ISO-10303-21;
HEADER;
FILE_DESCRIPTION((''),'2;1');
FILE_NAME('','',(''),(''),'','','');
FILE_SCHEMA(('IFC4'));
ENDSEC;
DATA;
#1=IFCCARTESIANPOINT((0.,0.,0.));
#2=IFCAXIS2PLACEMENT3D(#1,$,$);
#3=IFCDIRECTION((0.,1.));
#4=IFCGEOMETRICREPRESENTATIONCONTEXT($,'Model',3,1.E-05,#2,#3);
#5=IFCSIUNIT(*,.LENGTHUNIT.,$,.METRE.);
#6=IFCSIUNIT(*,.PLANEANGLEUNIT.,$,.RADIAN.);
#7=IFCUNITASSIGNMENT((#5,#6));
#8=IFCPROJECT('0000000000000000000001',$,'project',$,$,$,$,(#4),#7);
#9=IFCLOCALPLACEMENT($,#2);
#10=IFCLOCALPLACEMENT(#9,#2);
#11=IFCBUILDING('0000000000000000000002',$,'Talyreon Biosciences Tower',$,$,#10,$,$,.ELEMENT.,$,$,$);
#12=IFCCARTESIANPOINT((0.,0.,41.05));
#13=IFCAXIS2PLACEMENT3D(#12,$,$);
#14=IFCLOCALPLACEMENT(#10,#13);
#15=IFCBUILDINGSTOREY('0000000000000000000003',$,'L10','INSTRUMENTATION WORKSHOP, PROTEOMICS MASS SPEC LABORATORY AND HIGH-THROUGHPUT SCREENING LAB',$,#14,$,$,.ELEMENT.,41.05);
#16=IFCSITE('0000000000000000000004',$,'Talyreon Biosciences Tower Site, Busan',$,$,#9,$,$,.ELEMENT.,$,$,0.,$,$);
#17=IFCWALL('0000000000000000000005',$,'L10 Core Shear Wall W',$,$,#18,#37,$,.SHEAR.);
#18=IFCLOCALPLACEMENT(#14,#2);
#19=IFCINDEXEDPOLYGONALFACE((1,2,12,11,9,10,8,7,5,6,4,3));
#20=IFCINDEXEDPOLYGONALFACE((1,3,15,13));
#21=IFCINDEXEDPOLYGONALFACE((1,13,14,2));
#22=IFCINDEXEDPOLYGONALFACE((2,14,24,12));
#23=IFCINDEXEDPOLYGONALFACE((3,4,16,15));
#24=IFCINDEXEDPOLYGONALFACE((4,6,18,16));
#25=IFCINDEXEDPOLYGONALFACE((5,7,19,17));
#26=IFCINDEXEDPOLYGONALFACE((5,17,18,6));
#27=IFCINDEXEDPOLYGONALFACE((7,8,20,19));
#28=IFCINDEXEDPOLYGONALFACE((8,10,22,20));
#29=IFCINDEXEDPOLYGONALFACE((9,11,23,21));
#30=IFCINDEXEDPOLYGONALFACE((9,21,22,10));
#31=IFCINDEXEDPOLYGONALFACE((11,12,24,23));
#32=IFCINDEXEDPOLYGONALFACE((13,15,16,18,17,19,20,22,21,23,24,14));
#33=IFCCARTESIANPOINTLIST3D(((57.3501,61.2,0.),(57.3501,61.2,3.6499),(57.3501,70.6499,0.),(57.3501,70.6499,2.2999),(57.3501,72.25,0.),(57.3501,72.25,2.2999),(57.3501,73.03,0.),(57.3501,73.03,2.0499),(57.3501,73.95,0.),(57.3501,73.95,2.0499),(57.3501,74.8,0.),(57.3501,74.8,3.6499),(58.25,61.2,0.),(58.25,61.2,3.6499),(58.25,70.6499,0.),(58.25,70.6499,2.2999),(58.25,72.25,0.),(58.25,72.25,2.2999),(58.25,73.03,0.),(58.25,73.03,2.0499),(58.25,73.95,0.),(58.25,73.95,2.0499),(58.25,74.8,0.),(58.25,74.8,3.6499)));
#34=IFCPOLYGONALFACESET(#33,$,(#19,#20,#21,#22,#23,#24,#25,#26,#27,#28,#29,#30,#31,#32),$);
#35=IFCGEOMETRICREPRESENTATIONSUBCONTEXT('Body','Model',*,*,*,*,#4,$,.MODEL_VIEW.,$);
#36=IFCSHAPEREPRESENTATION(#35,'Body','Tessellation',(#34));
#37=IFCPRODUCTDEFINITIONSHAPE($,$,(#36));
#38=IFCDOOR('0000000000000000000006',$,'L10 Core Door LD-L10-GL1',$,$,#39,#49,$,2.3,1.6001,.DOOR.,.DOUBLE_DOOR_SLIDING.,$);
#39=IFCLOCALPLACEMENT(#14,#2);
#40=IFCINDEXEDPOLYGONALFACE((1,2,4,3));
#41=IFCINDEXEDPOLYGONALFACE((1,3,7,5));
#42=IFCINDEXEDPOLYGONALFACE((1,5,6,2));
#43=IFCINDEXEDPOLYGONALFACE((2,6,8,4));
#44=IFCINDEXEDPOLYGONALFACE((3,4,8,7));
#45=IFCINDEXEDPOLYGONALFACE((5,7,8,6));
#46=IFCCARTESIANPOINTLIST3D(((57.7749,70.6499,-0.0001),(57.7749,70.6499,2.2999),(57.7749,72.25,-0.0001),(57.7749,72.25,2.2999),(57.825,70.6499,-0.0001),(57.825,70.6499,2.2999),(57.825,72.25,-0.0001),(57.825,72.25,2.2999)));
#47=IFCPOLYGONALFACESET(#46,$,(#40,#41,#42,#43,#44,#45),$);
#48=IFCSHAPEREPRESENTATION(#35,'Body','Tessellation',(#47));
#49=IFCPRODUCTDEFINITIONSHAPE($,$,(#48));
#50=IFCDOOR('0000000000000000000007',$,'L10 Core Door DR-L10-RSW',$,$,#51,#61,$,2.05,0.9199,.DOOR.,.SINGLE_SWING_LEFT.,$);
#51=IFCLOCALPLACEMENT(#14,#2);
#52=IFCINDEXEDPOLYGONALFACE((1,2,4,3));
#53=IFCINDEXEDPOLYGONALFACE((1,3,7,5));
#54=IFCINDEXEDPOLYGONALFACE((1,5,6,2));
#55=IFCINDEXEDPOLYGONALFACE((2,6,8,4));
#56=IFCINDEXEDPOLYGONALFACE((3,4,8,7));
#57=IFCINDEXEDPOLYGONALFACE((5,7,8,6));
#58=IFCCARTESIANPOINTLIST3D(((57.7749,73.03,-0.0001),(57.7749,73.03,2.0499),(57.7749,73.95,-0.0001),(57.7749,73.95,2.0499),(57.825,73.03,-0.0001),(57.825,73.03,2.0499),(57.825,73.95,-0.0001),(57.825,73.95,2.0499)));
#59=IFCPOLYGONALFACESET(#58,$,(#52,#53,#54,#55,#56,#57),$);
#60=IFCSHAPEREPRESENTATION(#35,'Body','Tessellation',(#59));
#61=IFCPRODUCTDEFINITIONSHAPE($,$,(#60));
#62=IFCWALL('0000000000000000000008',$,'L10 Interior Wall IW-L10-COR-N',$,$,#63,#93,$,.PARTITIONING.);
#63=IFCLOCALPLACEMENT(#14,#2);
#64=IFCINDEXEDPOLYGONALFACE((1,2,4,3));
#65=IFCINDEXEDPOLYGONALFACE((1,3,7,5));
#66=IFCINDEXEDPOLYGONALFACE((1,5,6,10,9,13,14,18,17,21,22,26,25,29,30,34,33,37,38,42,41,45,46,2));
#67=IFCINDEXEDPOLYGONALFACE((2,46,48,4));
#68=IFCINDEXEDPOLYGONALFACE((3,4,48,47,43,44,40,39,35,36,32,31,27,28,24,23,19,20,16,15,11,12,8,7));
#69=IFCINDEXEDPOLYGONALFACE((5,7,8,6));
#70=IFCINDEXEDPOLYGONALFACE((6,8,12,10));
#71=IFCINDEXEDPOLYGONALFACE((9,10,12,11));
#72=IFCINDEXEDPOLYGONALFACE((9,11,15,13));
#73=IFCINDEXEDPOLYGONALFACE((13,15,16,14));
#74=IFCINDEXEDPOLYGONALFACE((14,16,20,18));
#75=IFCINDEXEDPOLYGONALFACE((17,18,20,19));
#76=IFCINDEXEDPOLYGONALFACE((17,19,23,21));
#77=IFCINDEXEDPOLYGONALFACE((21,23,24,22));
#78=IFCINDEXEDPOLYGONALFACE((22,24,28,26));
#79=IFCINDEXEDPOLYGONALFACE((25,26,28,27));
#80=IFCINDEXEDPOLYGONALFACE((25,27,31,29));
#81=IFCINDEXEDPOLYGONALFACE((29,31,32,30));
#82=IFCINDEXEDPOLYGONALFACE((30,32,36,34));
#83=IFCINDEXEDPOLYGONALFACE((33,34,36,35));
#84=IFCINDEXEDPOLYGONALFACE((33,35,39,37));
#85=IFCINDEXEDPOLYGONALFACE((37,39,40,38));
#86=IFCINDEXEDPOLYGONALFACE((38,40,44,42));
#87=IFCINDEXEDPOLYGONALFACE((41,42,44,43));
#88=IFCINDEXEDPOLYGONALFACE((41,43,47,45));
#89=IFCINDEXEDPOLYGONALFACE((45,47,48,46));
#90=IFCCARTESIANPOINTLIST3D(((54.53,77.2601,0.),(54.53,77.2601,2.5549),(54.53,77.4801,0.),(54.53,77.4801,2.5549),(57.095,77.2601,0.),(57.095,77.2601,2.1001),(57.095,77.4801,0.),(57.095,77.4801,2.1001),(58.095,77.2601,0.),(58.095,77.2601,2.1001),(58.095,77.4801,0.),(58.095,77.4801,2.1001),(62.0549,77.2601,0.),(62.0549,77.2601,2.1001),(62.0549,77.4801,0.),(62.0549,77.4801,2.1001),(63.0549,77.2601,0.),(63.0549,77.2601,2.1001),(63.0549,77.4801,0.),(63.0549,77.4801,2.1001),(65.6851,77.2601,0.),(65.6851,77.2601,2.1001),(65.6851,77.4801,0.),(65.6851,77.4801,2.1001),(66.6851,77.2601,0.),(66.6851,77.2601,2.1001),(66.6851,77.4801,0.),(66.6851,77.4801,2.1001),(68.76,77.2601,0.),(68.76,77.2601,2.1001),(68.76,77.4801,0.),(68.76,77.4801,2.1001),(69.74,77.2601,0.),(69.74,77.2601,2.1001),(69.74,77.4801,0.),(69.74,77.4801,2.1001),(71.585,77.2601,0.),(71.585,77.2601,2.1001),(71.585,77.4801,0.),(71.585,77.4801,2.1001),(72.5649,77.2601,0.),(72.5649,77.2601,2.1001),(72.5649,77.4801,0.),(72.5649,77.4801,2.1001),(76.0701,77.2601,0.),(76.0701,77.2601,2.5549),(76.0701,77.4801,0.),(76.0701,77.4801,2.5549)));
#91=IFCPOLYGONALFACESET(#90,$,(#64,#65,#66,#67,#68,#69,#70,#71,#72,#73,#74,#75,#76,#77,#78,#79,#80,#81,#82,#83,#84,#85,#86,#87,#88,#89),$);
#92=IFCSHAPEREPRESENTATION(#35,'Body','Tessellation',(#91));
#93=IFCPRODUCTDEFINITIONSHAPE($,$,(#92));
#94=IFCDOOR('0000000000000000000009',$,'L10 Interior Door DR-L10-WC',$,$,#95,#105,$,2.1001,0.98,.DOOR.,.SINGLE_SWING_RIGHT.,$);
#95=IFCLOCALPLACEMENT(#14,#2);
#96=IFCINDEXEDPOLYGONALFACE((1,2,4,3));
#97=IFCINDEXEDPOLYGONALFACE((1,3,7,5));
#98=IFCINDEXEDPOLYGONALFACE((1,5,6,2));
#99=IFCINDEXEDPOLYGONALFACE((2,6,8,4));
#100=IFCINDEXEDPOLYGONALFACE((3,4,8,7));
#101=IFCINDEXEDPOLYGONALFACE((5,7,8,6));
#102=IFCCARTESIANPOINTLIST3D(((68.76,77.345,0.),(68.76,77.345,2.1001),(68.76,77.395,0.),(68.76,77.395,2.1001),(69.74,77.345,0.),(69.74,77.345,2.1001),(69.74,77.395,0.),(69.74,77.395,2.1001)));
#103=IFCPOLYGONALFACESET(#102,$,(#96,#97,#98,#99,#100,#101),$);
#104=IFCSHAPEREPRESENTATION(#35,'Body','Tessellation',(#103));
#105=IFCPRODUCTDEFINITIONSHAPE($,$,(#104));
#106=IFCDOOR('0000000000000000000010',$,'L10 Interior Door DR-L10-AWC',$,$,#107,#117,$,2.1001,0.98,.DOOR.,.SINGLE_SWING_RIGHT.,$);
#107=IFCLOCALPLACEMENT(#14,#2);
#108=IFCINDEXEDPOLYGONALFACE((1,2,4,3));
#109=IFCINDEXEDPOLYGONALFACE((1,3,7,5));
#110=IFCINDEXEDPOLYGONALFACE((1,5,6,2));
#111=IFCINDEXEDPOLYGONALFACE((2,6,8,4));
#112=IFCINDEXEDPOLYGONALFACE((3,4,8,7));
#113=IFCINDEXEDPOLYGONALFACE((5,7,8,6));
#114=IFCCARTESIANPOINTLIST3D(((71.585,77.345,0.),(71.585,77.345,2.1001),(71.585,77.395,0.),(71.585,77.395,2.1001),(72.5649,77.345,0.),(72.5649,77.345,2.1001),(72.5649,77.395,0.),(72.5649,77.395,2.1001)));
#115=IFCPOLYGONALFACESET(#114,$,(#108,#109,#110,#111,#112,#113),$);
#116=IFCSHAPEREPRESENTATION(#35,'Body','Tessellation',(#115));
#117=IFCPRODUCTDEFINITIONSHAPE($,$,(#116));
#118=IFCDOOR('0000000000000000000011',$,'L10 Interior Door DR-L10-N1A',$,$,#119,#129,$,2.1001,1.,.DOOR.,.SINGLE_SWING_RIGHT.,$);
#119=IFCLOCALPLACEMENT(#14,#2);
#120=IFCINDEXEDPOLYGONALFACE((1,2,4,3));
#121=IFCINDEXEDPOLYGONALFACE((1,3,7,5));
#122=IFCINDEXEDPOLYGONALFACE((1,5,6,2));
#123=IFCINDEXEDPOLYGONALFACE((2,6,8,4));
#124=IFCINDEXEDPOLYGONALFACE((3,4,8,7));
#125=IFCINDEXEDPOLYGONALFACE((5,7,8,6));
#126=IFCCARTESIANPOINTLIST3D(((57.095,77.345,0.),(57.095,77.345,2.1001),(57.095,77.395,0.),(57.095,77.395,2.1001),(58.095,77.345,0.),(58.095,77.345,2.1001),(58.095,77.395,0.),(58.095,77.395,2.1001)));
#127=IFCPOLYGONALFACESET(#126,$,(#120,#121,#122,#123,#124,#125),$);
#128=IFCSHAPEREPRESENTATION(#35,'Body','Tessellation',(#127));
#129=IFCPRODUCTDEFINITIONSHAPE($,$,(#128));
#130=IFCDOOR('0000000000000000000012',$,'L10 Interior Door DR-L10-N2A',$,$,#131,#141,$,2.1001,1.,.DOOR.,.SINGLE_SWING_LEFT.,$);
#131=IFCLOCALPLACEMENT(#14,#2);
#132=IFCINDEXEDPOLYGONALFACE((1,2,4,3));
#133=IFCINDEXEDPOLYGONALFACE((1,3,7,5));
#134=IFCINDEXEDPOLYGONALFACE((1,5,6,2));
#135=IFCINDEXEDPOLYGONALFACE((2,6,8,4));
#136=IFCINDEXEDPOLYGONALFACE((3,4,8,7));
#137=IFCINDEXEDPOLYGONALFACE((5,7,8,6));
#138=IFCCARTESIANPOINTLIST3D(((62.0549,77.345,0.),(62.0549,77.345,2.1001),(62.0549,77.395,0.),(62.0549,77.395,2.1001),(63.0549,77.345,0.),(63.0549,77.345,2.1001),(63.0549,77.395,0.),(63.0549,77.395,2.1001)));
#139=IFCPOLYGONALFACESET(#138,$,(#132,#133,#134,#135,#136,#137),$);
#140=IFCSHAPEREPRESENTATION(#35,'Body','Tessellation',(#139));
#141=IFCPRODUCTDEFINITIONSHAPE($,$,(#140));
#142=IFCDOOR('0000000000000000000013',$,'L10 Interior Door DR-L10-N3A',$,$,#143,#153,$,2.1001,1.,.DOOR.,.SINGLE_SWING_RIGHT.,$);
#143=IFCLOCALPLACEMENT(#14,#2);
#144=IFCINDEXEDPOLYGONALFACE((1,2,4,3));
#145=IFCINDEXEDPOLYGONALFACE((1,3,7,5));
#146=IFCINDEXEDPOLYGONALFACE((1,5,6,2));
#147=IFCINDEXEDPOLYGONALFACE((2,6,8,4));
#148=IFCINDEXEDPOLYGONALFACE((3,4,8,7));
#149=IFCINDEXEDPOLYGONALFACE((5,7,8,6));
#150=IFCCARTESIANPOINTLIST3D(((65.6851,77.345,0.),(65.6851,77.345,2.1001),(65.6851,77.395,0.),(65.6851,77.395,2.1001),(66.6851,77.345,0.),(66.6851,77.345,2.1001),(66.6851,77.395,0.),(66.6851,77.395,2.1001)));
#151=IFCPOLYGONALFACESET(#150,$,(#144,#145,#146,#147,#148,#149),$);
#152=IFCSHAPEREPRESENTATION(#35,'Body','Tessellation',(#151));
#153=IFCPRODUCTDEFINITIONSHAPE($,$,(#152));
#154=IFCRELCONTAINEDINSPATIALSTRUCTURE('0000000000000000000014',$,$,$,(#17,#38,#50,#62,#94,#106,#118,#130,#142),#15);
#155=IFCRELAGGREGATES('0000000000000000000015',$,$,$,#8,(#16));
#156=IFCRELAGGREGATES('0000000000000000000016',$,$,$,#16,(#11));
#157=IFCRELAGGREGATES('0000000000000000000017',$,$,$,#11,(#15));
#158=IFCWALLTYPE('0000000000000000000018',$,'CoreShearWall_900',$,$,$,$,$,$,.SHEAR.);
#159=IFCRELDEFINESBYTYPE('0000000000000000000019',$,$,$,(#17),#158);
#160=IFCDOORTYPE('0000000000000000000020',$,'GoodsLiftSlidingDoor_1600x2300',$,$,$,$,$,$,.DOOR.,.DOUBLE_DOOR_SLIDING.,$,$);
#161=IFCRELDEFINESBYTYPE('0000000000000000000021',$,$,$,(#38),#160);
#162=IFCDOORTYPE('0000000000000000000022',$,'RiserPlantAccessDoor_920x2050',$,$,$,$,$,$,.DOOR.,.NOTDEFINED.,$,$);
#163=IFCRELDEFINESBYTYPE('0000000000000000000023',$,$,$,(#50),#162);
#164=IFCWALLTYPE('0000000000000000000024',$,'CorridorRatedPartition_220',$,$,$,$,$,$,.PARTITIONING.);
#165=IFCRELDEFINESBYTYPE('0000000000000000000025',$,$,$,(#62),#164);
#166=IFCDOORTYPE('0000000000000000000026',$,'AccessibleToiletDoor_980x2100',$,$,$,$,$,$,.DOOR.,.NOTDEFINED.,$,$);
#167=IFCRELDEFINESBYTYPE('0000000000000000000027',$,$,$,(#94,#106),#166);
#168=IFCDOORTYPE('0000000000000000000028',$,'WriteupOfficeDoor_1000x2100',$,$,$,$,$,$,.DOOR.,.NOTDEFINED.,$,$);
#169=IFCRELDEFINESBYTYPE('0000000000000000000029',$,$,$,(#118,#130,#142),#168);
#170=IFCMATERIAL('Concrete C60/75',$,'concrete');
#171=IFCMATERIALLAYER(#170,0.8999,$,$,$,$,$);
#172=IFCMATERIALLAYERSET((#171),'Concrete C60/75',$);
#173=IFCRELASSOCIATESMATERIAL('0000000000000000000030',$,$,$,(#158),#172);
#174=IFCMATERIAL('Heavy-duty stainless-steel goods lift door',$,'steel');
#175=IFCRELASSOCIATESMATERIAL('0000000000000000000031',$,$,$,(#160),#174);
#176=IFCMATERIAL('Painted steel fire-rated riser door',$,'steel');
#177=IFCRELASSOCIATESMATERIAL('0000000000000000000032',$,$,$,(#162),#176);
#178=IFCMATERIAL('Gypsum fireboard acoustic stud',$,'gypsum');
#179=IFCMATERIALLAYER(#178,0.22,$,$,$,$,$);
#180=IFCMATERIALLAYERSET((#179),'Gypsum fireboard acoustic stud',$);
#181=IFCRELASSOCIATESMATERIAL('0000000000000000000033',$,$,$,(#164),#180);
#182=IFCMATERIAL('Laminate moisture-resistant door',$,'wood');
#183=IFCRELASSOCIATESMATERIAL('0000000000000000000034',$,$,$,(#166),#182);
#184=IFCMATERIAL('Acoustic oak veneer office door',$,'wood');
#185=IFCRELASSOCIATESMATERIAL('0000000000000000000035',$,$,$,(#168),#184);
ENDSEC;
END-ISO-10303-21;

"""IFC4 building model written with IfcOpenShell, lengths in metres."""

from ifc_helpers import new_model, si_unit, direction, frame, frame_2d, origin, place, context, subcontext, project, spatial, rectangle, extrude, material, layer, layer_set, type_object, element, fill, save


model = new_model("IFC4")

# Units and contexts
model_context = context("Model", 3, precision=1e-05, world=origin(), true_north=direction((0.0, 1.0)))
body_context = subcontext(model_context, "Body", "Model", "MODEL_VIEW")
ifc_project = project(units=[si_unit("LENGTHUNIT", "METRE"), si_unit("PLANEANGLEUNIT", "RADIAN")], contexts=[model_context])

# Site, building, storey
site_placement = place(None, origin())
site = spatial("IfcSite", under=ifc_project, at=site_placement, Name="Talyreon Biosciences Tower Site, Busan", CompositionType="ELEMENT", RefElevation=0.0)
building_placement = place(site_placement, origin())
building = spatial("IfcBuilding", under=site, at=building_placement, Name="Talyreon Biosciences Tower", CompositionType="ELEMENT")
storey_placement = place(building_placement, frame((0.0, 0.0, 41.05)))
storey = spatial("IfcBuildingStorey", under=building, at=storey_placement, Name="L10", Description="INSTRUMENTATION WORKSHOP, PROTEOMICS MASS SPEC LABORATORY AND HIGH-THROUGHPUT SCREENING LAB", CompositionType="ELEMENT", Elevation=41.05)

# Shared definitions
ifc_material_1 = material(Name="Concrete C60/75", Category="concrete")

# Shared definitions
ifc_layer_1 = layer(ifc_material_1, 0.8999)
ifc_layer_set_1 = layer_set([ifc_layer_1], Name="Concrete C60/75")
wall_type_1 = type_object("IfcWallType", Name="CoreShearWall_900", PredefinedType="SHEAR", material=ifc_layer_set_1)

# Walls, openings, doors
wall_1_placement = place(storey_placement, frame((57.8, 74.8, 0.0), z_axis=(0.0, 0.0, 1.0), x_axis=(0.0, -1.0, 0.0)))
wall_1 = element("IfcWall", 1, at=wall_1_placement, inside=storey, type_object=wall_type_1, Name="L10 Core Shear Wall W", PredefinedType="SHEAR", context=body_context, shape_type="SweptSolid", body=[
    extrude(rectangle(XDim=13.6001, YDim=0.8999, at=frame_2d((6.8, 0.0))), origin(), (0.0, 0.0, 1.0), 3.6499),
])
opening_1_placement = place(wall_1_placement, frame((0.8501, 0.0, 0.0)))
opening_1 = element("IfcOpeningElement", 2, at=opening_1_placement, cuts=wall_1, PredefinedType="OPENING", context=body_context, shape_type="SweptSolid", body=[
    extrude(rectangle(XDim=0.9199, YDim=2.05, at=frame_2d((0.46, 1.0249))), frame((0.0, 0.46, 0.0), z_axis=(0.0, -1.0, 0.0), x_axis=(1.0, 0.0, 0.0)), (0.0, 0.0, 1.0), 0.9199),
])
opening_2_placement = place(wall_1_placement, frame((2.55, 0.0, 0.0)))
opening_2 = element("IfcOpeningElement", 3, at=opening_2_placement, cuts=wall_1, PredefinedType="OPENING", context=body_context, shape_type="SweptSolid", body=[
    extrude(rectangle(XDim=1.6001, YDim=2.3, at=frame_2d((0.8, 1.1499))), frame((0.0, 0.46, 0.0), z_axis=(0.0, -1.0, 0.0), x_axis=(1.0, 0.0, 0.0)), (0.0, 0.0, 1.0), 0.9199),
])
ifc_material_2 = material(Name="Heavy-duty stainless-steel goods lift door", Category="steel")
door_type_1 = type_object("IfcDoorType", Name="GoodsLiftSlidingDoor_1600x2300", OperationType="DOUBLE_DOOR_SLIDING", PredefinedType="DOOR", material=ifc_material_2)
door_1_placement = place(opening_2_placement, origin())
door_1 = element("IfcDoor", 4, at=door_1_placement, inside=storey, type_object=door_type_1, Name="L10 Core Door LD-L10-GL1", OperationType="DOUBLE_DOOR_SLIDING", OverallHeight=2.3, OverallWidth=1.6001, PredefinedType="DOOR", context=body_context, shape_type="SweptSolid", body=[
    extrude(rectangle(XDim=1.6001, YDim=2.3, at=frame_2d((0.8, 1.1499))), frame((0.0, 0.0249, 0.0), z_axis=(0.0, -1.0, 0.0), x_axis=(1.0, 0.0, 0.0)), (0.0, 0.0, 1.0), 0.05),
])
fill(opening_2, door_1)
ifc_material_3 = material(Name="Painted steel fire-rated riser door", Category="steel")
door_type_2 = type_object("IfcDoorType", Name="RiserPlantAccessDoor_920x2050", OperationType="NOTDEFINED", PredefinedType="DOOR", material=ifc_material_3)
door_2_placement = place(opening_1_placement, origin())
door_2 = element("IfcDoor", 5, at=door_2_placement, inside=storey, type_object=door_type_2, Name="L10 Core Door DR-L10-RSW", OperationType="SINGLE_SWING_LEFT", OverallHeight=2.05, OverallWidth=0.9199, PredefinedType="DOOR", context=body_context, shape_type="SweptSolid", body=[
    extrude(rectangle(XDim=0.9199, YDim=2.05, at=frame_2d((0.46, 1.0249))), frame((0.0, 0.0249, 0.0), z_axis=(0.0, -1.0, 0.0), x_axis=(1.0, 0.0, 0.0)), (0.0, 0.0, 1.0), 0.05),
])
fill(opening_1, door_2)
ifc_material_4 = material(Name="Gypsum fireboard acoustic stud", Category="gypsum")
ifc_layer_2 = layer(ifc_material_4, 0.22)
ifc_layer_set_2 = layer_set([ifc_layer_2], Name="Gypsum fireboard acoustic stud")
wall_type_2 = type_object("IfcWallType", Name="CorridorRatedPartition_220", PredefinedType="PARTITIONING", material=ifc_layer_set_2)
wall_2_placement = place(storey_placement, frame((54.53, 77.3701, 0.0), z_axis=(0.0, 0.0, 1.0), x_axis=(1.0, 0.0, 0.0)))
wall_2 = element("IfcWall", 6, at=wall_2_placement, inside=storey, type_object=wall_type_2, Name="L10 Interior Wall IW-L10-COR-N", PredefinedType="PARTITIONING", context=body_context, shape_type="SweptSolid", body=[
    extrude(rectangle(XDim=21.54, YDim=0.22, at=frame_2d((10.77, 0.0))), origin(), (0.0, 0.0, 1.0), 2.5549),
])
opening_3_placement = place(wall_2_placement, frame((14.23, 0.0, 0.0)))
opening_3 = element("IfcOpeningElement", 7, at=opening_3_placement, cuts=wall_2, PredefinedType="OPENING", context=body_context, shape_type="SweptSolid", body=[
    extrude(rectangle(XDim=0.98, YDim=2.1001, at=frame_2d((0.49, 1.05))), frame((0.0, 0.1199, 0.0), z_axis=(0.0, -1.0, 0.0), x_axis=(1.0, 0.0, 0.0)), (0.0, 0.0, 1.0), 0.24),
])
opening_4_placement = place(wall_2_placement, frame((17.0549, 0.0, 0.0)))
opening_4 = element("IfcOpeningElement", 8, at=opening_4_placement, cuts=wall_2, PredefinedType="OPENING", context=body_context, shape_type="SweptSolid", body=[
    extrude(rectangle(XDim=0.98, YDim=2.1001, at=frame_2d((0.49, 1.05))), frame((0.0, 0.1199, 0.0), z_axis=(0.0, -1.0, 0.0), x_axis=(1.0, 0.0, 0.0)), (0.0, 0.0, 1.0), 0.24),
])
opening_5_placement = place(wall_2_placement, frame((2.5649, 0.0, 0.0)))
opening_5 = element("IfcOpeningElement", 9, at=opening_5_placement, cuts=wall_2, PredefinedType="OPENING", context=body_context, shape_type="SweptSolid", body=[
    extrude(rectangle(XDim=1.0, YDim=2.1001, at=frame_2d((0.5, 1.05))), frame((0.0, 0.1199, 0.0), z_axis=(0.0, -1.0, 0.0), x_axis=(1.0, 0.0, 0.0)), (0.0, 0.0, 1.0), 0.24),
])
opening_6_placement = place(wall_2_placement, frame((7.5249, 0.0, 0.0)))
opening_6 = element("IfcOpeningElement", 10, at=opening_6_placement, cuts=wall_2, PredefinedType="OPENING", context=body_context, shape_type="SweptSolid", body=[
    extrude(rectangle(XDim=1.0, YDim=2.1001, at=frame_2d((0.5, 1.05))), frame((0.0, 0.1199, 0.0), z_axis=(0.0, -1.0, 0.0), x_axis=(1.0, 0.0, 0.0)), (0.0, 0.0, 1.0), 0.24),
])
opening_7_placement = place(wall_2_placement, frame((11.155, 0.0, 0.0)))
opening_7 = element("IfcOpeningElement", 11, at=opening_7_placement, cuts=wall_2, PredefinedType="OPENING", context=body_context, shape_type="SweptSolid", body=[
    extrude(rectangle(XDim=1.0, YDim=2.1001, at=frame_2d((0.5, 1.05))), frame((0.0, 0.1199, 0.0), z_axis=(0.0, -1.0, 0.0), x_axis=(1.0, 0.0, 0.0)), (0.0, 0.0, 1.0), 0.24),
])
ifc_material_5 = material(Name="Laminate moisture-resistant door", Category="wood")
door_type_3 = type_object("IfcDoorType", Name="AccessibleToiletDoor_980x2100", OperationType="NOTDEFINED", PredefinedType="DOOR", material=ifc_material_5)
door_3_placement = place(opening_3_placement, origin())
door_3 = element("IfcDoor", 12, at=door_3_placement, inside=storey, type_object=door_type_3, Name="L10 Interior Door DR-L10-WC", OperationType="SINGLE_SWING_RIGHT", OverallHeight=2.1001, OverallWidth=0.98, PredefinedType="DOOR", context=body_context, shape_type="SweptSolid", body=[
    extrude(rectangle(XDim=0.98, YDim=2.1001, at=frame_2d((0.49, 1.05))), frame((0.0, 0.0249, 0.0), z_axis=(0.0, -1.0, 0.0), x_axis=(1.0, 0.0, 0.0)), (0.0, 0.0, 1.0), 0.05),
])
fill(opening_3, door_3)
door_4_placement = place(opening_4_placement, origin())
door_4 = element("IfcDoor", 13, at=door_4_placement, inside=storey, type_object=door_type_3, Name="L10 Interior Door DR-L10-AWC", OperationType="SINGLE_SWING_RIGHT", OverallHeight=2.1001, OverallWidth=0.98, PredefinedType="DOOR", context=body_context, shape_type="SweptSolid", body=[
    extrude(rectangle(XDim=0.98, YDim=2.1001, at=frame_2d((0.49, 1.05))), frame((0.0, 0.0249, 0.0), z_axis=(0.0, -1.0, 0.0), x_axis=(1.0, 0.0, 0.0)), (0.0, 0.0, 1.0), 0.05),
])
fill(opening_4, door_4)
ifc_material_6 = material(Name="Acoustic oak veneer office door", Category="wood")
door_type_4 = type_object("IfcDoorType", Name="WriteupOfficeDoor_1000x2100", OperationType="NOTDEFINED", PredefinedType="DOOR", material=ifc_material_6)
door_5_placement = place(opening_5_placement, origin())
door_5 = element("IfcDoor", 14, at=door_5_placement, inside=storey, type_object=door_type_4, Name="L10 Interior Door DR-L10-N1A", OperationType="SINGLE_SWING_RIGHT", OverallHeight=2.1001, OverallWidth=1.0, PredefinedType="DOOR", context=body_context, shape_type="SweptSolid", body=[
    extrude(rectangle(XDim=1.0, YDim=2.1001, at=frame_2d((0.5, 1.05))), frame((0.0, 0.0249, 0.0), z_axis=(0.0, -1.0, 0.0), x_axis=(1.0, 0.0, 0.0)), (0.0, 0.0, 1.0), 0.05),
])
fill(opening_5, door_5)
door_6_placement = place(opening_6_placement, origin())
door_6 = element("IfcDoor", 15, at=door_6_placement, inside=storey, type_object=door_type_4, Name="L10 Interior Door DR-L10-N2A", OperationType="SINGLE_SWING_LEFT", OverallHeight=2.1001, OverallWidth=1.0, PredefinedType="DOOR", context=body_context, shape_type="SweptSolid", body=[
    extrude(rectangle(XDim=1.0, YDim=2.1001, at=frame_2d((0.5, 1.05))), frame((0.0, 0.0249, 0.0), z_axis=(0.0, -1.0, 0.0), x_axis=(1.0, 0.0, 0.0)), (0.0, 0.0, 1.0), 0.05),
])
fill(opening_6, door_6)
door_7_placement = place(opening_7_placement, origin())
door_7 = element("IfcDoor", 16, at=door_7_placement, inside=storey, type_object=door_type_4, Name="L10 Interior Door DR-L10-N3A", OperationType="SINGLE_SWING_RIGHT", OverallHeight=2.1001, OverallWidth=1.0, PredefinedType="DOOR", context=body_context, shape_type="SweptSolid", body=[
    extrude(rectangle(XDim=1.0, YDim=2.1001, at=frame_2d((0.5, 1.05))), frame((0.0, 0.0249, 0.0), z_axis=(0.0, -1.0, 0.0), x_axis=(1.0, 0.0, 0.0)), (0.0, 0.0, 1.0), 0.05),
])
fill(opening_7, door_7)

save(model, "model.ifc")
